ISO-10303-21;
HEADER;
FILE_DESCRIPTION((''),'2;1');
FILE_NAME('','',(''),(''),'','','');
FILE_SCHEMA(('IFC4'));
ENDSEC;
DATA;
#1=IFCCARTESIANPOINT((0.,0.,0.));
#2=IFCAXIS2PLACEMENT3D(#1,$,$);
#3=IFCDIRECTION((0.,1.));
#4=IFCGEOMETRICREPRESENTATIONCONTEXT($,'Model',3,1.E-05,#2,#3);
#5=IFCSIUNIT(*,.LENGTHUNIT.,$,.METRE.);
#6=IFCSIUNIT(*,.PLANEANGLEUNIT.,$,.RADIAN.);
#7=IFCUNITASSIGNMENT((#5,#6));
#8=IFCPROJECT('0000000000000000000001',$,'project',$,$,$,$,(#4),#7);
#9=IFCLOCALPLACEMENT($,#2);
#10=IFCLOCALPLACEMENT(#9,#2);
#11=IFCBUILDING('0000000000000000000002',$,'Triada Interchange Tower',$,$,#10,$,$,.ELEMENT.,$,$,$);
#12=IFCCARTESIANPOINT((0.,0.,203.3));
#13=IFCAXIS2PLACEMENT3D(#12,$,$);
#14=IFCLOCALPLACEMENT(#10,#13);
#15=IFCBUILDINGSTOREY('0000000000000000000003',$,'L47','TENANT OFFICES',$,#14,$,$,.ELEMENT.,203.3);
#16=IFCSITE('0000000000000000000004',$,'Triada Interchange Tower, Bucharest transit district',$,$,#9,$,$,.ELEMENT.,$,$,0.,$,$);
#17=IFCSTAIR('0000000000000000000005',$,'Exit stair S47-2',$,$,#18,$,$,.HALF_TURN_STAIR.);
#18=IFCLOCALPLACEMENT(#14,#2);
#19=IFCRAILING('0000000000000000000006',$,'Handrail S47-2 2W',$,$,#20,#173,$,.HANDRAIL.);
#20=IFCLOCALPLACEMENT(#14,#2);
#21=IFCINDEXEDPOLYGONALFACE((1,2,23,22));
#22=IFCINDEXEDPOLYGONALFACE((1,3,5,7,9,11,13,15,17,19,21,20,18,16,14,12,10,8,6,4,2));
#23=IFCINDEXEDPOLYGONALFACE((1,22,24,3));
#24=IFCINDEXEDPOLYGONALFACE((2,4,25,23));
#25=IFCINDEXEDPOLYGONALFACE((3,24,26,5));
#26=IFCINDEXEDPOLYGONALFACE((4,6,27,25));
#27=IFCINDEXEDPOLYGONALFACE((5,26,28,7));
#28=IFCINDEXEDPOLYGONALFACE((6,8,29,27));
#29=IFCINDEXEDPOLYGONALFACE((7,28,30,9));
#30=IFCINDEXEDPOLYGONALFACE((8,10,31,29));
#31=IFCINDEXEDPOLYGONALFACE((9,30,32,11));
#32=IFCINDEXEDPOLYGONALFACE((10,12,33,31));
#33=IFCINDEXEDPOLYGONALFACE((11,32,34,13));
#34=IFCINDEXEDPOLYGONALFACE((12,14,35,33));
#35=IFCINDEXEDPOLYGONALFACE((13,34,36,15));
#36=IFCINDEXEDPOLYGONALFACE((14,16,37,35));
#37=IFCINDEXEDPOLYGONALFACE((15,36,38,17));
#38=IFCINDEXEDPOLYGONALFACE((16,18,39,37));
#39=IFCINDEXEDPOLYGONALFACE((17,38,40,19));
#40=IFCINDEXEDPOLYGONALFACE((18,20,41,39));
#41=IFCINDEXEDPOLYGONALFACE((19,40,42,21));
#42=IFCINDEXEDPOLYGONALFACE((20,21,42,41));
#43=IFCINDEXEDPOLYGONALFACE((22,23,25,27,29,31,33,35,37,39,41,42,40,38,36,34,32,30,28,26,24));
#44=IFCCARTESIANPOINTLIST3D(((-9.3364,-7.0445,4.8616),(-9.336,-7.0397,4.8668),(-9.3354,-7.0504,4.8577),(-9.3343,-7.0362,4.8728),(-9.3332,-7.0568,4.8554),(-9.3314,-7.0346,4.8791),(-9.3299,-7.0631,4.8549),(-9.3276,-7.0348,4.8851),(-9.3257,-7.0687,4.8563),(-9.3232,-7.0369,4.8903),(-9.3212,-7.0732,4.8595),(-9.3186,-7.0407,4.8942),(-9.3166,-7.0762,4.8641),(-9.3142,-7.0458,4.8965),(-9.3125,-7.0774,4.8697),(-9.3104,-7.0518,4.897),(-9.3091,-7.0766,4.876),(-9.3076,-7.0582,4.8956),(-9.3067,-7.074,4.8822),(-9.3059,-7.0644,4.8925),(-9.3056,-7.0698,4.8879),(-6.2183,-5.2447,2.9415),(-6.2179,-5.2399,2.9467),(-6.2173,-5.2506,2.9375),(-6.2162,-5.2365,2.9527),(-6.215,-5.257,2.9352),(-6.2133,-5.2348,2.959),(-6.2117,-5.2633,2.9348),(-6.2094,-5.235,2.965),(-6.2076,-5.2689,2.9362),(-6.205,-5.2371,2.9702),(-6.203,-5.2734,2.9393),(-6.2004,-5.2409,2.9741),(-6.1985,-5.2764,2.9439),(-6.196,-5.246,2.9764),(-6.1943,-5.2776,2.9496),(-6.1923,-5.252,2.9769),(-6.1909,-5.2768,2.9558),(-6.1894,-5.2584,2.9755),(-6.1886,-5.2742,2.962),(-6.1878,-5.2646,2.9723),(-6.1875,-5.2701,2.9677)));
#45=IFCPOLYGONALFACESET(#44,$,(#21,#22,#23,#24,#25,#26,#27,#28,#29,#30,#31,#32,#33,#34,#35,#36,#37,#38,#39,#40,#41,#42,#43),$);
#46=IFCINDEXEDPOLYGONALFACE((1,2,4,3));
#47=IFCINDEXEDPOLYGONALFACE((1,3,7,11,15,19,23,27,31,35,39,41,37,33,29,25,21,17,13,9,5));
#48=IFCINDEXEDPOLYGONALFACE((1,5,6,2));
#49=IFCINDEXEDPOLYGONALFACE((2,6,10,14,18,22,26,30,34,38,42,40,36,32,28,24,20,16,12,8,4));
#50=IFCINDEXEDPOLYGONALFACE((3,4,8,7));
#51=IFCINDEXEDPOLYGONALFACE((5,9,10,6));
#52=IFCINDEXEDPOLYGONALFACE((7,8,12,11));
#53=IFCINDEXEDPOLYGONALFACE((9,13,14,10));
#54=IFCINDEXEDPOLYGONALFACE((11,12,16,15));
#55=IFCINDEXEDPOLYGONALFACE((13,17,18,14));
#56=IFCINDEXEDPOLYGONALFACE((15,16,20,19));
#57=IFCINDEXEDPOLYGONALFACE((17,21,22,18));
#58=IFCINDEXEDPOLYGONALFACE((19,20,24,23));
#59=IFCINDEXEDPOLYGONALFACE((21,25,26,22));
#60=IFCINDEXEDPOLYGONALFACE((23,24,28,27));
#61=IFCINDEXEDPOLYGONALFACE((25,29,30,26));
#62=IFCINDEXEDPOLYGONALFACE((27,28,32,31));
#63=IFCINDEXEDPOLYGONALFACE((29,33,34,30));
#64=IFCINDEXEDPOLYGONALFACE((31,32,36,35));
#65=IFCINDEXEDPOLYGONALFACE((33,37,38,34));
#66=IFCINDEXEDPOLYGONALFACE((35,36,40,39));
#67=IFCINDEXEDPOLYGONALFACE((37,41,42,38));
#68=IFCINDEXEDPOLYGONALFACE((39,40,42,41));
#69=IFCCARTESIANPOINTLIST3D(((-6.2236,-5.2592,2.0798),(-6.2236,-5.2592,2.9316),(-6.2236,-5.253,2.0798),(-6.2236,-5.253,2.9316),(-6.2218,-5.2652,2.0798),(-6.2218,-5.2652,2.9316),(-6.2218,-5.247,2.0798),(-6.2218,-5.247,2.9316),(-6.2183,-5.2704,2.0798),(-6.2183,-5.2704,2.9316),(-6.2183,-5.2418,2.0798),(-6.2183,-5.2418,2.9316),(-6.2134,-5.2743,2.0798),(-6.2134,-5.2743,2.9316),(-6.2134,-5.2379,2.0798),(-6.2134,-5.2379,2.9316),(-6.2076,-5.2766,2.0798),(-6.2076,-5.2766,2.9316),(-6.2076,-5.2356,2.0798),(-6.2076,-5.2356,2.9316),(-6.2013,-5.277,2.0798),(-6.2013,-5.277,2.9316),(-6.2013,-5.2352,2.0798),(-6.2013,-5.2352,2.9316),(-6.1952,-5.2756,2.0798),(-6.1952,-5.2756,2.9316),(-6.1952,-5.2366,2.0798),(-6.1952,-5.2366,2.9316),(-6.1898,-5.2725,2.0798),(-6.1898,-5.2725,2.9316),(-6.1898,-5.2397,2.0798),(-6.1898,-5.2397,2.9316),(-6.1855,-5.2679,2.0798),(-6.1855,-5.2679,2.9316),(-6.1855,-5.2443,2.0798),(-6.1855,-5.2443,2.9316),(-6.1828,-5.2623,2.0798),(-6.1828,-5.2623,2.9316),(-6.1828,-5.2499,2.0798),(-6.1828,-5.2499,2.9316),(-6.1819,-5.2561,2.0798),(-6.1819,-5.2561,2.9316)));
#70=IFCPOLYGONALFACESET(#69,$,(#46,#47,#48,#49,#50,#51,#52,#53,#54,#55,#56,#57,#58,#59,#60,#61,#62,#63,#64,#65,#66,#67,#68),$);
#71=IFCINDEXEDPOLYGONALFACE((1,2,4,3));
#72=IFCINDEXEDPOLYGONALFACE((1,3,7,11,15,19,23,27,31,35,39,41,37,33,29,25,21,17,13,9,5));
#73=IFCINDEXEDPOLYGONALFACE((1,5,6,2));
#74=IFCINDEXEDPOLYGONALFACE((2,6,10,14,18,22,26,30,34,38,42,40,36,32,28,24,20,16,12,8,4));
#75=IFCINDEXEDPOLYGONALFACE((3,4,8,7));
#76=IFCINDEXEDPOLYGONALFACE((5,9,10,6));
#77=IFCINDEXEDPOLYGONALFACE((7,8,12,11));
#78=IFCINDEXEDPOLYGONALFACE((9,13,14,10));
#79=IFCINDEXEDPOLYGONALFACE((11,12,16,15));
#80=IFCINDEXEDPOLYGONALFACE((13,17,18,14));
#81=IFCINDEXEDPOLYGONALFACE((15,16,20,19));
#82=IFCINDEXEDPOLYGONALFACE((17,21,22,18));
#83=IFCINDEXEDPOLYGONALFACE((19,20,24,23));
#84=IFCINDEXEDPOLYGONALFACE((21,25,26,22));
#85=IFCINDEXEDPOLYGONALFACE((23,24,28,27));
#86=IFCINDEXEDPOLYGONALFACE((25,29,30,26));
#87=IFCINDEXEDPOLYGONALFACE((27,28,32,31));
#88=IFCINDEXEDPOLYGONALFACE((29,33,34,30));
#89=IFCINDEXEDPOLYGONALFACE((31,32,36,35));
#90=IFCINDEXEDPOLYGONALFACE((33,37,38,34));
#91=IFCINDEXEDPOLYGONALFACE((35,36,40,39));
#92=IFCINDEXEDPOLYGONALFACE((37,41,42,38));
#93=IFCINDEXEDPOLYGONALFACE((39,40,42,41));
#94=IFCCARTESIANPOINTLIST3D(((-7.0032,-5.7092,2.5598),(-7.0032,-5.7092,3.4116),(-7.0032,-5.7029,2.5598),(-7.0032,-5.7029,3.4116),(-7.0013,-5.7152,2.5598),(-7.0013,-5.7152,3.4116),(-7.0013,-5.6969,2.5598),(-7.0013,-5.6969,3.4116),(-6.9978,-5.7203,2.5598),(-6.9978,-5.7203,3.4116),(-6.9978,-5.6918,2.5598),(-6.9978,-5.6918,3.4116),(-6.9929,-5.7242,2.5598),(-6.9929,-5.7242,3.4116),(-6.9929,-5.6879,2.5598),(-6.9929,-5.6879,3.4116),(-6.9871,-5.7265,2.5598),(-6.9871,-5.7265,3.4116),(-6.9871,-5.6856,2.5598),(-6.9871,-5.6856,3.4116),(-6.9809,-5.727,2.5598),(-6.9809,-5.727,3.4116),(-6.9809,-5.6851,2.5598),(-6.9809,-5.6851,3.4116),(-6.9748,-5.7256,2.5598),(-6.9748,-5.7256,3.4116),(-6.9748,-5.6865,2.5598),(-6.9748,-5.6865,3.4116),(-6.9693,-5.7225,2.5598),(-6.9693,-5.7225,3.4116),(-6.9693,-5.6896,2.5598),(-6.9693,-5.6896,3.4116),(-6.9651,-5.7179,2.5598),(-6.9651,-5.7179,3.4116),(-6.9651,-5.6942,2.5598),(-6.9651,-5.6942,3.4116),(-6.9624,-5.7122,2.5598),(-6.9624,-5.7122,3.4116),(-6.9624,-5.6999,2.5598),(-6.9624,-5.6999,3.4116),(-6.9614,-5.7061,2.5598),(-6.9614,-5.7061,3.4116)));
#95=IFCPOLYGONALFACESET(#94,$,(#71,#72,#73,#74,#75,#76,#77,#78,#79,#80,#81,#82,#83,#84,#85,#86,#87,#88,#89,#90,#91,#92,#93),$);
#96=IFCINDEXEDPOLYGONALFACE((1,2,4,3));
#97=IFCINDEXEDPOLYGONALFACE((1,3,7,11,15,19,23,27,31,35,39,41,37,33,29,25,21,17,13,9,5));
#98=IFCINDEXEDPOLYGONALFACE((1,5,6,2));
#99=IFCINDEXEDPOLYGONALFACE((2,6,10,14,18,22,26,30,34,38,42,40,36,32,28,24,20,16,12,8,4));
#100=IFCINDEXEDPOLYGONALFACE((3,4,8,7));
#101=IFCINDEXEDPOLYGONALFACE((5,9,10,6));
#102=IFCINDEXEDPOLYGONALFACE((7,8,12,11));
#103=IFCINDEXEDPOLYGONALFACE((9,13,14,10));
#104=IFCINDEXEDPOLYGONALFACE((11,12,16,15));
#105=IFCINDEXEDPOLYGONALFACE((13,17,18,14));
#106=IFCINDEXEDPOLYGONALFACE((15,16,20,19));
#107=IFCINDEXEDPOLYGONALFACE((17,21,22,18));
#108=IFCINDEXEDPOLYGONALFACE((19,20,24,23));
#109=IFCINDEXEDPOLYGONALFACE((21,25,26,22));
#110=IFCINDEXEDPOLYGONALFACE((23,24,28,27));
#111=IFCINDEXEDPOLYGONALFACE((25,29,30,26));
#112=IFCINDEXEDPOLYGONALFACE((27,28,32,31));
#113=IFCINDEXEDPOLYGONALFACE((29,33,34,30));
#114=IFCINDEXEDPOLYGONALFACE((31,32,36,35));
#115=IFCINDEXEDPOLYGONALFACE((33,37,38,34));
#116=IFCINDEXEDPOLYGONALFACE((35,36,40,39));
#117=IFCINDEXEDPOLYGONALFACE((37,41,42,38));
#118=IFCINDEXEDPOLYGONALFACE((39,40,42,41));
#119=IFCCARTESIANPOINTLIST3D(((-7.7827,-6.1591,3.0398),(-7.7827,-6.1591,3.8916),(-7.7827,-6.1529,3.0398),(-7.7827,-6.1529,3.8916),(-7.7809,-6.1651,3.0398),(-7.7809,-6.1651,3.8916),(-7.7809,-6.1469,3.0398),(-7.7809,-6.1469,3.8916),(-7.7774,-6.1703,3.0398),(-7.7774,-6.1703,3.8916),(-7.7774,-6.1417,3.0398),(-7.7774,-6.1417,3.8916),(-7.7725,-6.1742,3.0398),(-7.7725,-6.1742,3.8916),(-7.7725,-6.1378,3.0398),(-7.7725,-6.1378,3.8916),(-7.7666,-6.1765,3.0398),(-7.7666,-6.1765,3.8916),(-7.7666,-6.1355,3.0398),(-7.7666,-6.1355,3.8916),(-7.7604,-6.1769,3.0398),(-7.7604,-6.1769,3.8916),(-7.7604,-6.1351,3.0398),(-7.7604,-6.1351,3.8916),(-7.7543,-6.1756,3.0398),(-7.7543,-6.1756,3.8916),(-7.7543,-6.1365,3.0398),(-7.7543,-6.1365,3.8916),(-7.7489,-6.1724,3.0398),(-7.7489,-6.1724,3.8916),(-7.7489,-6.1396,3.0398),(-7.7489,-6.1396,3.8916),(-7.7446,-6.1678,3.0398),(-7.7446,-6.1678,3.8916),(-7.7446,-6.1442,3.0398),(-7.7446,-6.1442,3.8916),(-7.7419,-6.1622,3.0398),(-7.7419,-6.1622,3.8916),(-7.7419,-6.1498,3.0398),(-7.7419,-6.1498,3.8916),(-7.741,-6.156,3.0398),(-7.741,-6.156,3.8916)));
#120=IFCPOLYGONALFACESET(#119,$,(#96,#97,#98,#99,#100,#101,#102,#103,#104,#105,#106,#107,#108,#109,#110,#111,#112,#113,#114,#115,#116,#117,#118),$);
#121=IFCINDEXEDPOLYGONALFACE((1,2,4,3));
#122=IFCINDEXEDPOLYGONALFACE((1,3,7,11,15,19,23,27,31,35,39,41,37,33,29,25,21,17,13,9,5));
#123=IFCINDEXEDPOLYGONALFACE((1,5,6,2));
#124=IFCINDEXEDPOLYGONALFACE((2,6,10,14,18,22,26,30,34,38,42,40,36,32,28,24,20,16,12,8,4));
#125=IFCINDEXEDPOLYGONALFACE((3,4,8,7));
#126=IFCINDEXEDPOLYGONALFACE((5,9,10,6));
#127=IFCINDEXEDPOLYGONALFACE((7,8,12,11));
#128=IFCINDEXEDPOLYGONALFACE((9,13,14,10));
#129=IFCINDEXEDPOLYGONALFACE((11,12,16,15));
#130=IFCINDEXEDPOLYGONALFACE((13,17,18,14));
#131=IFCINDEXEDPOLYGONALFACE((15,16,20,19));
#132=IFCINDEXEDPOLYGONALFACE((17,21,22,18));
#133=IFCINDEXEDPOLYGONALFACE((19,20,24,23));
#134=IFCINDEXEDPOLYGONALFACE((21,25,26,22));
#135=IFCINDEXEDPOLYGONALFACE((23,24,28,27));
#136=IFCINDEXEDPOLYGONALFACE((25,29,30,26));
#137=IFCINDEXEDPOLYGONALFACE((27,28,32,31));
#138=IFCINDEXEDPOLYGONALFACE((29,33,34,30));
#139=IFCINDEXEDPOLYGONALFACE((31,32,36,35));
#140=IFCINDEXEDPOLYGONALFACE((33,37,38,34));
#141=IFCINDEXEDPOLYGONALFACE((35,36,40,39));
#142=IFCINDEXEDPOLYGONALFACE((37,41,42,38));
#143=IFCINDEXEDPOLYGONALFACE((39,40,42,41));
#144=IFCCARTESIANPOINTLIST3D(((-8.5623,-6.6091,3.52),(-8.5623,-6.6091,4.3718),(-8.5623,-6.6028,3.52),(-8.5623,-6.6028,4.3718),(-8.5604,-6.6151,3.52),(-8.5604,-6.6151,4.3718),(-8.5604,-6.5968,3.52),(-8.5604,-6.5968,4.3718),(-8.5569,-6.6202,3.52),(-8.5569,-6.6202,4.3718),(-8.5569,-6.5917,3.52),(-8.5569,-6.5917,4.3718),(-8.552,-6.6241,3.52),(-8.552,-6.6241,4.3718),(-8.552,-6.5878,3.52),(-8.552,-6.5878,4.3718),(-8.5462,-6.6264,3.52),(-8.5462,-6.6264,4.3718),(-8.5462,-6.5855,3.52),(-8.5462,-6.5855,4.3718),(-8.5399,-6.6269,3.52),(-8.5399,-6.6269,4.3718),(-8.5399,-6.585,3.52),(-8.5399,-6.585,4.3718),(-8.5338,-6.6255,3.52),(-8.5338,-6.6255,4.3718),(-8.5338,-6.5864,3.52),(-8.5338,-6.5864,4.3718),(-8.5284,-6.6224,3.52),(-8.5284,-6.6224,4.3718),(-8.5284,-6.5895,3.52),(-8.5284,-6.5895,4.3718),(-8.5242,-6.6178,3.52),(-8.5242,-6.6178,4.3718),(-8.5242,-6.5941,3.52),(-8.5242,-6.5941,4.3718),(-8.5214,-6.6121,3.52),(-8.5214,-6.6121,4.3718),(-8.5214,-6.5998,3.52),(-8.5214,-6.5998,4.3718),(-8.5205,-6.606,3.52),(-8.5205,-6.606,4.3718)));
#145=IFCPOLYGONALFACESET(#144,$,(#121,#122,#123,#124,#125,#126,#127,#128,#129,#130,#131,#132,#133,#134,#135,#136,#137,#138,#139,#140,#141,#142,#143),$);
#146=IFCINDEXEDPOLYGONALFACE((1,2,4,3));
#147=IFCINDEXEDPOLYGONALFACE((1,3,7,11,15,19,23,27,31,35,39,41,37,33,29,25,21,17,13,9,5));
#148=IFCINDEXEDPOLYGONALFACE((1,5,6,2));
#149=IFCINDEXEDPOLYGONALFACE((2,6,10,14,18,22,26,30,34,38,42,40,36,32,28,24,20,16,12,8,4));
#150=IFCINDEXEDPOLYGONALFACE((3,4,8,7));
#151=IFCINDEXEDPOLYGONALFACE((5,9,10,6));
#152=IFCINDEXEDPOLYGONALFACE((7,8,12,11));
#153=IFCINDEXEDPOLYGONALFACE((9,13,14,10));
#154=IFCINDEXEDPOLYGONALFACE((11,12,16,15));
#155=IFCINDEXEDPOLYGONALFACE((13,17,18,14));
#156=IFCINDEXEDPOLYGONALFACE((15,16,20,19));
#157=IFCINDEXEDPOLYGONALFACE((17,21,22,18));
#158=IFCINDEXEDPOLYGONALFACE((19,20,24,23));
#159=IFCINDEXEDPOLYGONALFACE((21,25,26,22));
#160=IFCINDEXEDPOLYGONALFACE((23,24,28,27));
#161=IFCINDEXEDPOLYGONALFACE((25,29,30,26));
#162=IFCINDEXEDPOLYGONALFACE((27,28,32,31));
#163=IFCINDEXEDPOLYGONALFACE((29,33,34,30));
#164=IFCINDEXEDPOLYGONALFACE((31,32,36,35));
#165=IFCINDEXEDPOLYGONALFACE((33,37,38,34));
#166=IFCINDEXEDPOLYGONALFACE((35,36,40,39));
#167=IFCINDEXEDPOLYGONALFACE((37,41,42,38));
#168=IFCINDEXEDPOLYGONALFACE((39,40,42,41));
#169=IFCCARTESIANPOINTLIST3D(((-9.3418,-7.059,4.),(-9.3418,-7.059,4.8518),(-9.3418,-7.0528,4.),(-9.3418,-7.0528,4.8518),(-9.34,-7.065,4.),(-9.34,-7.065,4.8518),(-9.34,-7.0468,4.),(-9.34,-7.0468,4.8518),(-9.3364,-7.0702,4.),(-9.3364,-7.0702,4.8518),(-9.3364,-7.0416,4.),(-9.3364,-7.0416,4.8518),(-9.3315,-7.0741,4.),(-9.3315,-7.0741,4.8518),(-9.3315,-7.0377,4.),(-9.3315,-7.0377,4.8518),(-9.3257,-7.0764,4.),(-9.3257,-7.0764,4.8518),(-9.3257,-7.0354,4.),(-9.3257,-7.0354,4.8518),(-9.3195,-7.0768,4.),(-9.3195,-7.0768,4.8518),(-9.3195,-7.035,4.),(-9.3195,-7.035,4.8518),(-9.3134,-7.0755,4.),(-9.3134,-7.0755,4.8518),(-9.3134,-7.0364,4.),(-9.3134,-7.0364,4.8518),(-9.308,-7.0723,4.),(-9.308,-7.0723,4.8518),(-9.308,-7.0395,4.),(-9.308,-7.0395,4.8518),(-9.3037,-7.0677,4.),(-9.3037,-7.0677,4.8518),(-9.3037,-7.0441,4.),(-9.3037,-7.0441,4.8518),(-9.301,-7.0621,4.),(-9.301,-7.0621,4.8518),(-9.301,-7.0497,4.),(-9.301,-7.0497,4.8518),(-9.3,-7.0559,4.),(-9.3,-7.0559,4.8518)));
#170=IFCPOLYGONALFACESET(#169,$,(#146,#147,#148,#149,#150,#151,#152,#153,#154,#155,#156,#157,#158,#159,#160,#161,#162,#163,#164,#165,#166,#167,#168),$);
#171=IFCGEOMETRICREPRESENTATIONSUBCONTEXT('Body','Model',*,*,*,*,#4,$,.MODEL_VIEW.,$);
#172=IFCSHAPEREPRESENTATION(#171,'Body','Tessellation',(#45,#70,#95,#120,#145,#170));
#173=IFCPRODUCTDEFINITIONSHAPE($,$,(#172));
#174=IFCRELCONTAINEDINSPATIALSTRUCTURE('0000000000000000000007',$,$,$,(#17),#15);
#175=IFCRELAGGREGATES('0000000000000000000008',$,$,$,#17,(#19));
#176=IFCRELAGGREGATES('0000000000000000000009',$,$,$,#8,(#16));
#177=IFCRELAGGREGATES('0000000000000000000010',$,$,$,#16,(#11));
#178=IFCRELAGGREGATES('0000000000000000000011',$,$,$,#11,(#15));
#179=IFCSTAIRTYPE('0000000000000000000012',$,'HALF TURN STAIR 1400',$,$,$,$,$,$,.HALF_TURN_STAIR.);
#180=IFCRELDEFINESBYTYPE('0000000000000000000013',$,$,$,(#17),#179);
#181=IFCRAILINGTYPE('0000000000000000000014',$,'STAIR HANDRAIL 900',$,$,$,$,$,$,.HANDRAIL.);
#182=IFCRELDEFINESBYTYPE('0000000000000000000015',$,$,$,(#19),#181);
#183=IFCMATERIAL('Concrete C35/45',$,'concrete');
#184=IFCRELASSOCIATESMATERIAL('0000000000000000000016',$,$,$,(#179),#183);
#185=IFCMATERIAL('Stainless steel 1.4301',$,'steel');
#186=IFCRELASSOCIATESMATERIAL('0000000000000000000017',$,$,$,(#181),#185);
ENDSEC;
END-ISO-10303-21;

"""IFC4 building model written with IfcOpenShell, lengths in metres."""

from ifc_helpers import new_model, si_unit, direction, frame, origin, origin_2d, place, context, subcontext, project, spatial, circle, extrude, material, type_object, element, aggregate, save


model = new_model("IFC4")

# Units and contexts
model_context = context("Model", 3, precision=1e-05, world=origin(), true_north=direction((0.0, 1.0)))
body_context = subcontext(model_context, "Body", "Model", "MODEL_VIEW")
ifc_project = project(units=[si_unit("LENGTHUNIT", "METRE"), si_unit("PLANEANGLEUNIT", "RADIAN")], contexts=[model_context])

# Site, building, storey
site_placement = place(None, origin())
site = spatial("IfcSite", under=ifc_project, at=site_placement, Name="Triada Interchange Tower, Bucharest transit district", CompositionType="ELEMENT", RefElevation=0.0)
building_placement = place(site_placement, origin())
building = spatial("IfcBuilding", under=site, at=building_placement, Name="Triada Interchange Tower", CompositionType="ELEMENT")
storey_placement = place(building_placement, frame((0.0, 0.0, 203.3)))
storey = spatial("IfcBuildingStorey", under=building, at=storey_placement, Name="L47", Description="TENANT OFFICES", CompositionType="ELEMENT", Elevation=203.3)

# Stair, railing
ifc_material_1 = material(Name="Concrete C35/45", Category="concrete")
stair_type = type_object("IfcStairType", Name="HALF TURN STAIR 1400", PredefinedType="HALF_TURN_STAIR", material=ifc_material_1)
stair_placement = place(storey_placement, origin())
stair = element("IfcStair", 1, at=stair_placement, inside=storey, type_object=stair_type, Name="Exit stair S47-2", PredefinedType="HALF_TURN_STAIR")
ifc_material_2 = material(Name="Stainless steel 1.4301", Category="steel")
railing_type = type_object("IfcRailingType", Name="STAIR HANDRAIL 900", PredefinedType="HANDRAIL", material=ifc_material_2)
railing_1_placement = place(storey_placement, frame((-6.2029, -5.2561, 2.0798)))
railing_1 = element("IfcRailing", 2, at=railing_1_placement, type_object=railing_type, Name="Handrail S47-2 2W", PredefinedType="HANDRAIL", context=body_context, shape_type="SweptSolid", body=[
    extrude(circle(Radius=0.0239, at=origin_2d()), frame((0.0, 0.0, 0.876), z_axis=(-0.76419, -0.44109, 0.470588), x_axis=(0.499902, -0.866082, 0.0)), (0.0, 0.0, 1.0), 4.0803),
    extrude(circle(Radius=0.021, at=origin_2d()), origin(), (0.0, 0.0, 1.0), 0.8518),
    extrude(circle(Radius=0.021, at=origin_2d()), frame((-0.7795, -0.45, 0.48)), (0.0, 0.0, 1.0), 0.8518),
    extrude(circle(Radius=0.021, at=origin_2d()), frame((-1.5591, -0.8999, 0.96)), (0.0, 0.0, 1.0), 0.8518),
    extrude(circle(Radius=0.021, at=origin_2d()), frame((-2.3386, -1.3499, 1.4402)), (0.0, 0.0, 1.0), 0.8518),
    extrude(circle(Radius=0.021, at=origin_2d()), frame((-3.1182, -1.7998, 1.9202)), (0.0, 0.0, 1.0), 0.8518),
])
aggregate(stair, [railing_1])

save(model, "model.ifc")
